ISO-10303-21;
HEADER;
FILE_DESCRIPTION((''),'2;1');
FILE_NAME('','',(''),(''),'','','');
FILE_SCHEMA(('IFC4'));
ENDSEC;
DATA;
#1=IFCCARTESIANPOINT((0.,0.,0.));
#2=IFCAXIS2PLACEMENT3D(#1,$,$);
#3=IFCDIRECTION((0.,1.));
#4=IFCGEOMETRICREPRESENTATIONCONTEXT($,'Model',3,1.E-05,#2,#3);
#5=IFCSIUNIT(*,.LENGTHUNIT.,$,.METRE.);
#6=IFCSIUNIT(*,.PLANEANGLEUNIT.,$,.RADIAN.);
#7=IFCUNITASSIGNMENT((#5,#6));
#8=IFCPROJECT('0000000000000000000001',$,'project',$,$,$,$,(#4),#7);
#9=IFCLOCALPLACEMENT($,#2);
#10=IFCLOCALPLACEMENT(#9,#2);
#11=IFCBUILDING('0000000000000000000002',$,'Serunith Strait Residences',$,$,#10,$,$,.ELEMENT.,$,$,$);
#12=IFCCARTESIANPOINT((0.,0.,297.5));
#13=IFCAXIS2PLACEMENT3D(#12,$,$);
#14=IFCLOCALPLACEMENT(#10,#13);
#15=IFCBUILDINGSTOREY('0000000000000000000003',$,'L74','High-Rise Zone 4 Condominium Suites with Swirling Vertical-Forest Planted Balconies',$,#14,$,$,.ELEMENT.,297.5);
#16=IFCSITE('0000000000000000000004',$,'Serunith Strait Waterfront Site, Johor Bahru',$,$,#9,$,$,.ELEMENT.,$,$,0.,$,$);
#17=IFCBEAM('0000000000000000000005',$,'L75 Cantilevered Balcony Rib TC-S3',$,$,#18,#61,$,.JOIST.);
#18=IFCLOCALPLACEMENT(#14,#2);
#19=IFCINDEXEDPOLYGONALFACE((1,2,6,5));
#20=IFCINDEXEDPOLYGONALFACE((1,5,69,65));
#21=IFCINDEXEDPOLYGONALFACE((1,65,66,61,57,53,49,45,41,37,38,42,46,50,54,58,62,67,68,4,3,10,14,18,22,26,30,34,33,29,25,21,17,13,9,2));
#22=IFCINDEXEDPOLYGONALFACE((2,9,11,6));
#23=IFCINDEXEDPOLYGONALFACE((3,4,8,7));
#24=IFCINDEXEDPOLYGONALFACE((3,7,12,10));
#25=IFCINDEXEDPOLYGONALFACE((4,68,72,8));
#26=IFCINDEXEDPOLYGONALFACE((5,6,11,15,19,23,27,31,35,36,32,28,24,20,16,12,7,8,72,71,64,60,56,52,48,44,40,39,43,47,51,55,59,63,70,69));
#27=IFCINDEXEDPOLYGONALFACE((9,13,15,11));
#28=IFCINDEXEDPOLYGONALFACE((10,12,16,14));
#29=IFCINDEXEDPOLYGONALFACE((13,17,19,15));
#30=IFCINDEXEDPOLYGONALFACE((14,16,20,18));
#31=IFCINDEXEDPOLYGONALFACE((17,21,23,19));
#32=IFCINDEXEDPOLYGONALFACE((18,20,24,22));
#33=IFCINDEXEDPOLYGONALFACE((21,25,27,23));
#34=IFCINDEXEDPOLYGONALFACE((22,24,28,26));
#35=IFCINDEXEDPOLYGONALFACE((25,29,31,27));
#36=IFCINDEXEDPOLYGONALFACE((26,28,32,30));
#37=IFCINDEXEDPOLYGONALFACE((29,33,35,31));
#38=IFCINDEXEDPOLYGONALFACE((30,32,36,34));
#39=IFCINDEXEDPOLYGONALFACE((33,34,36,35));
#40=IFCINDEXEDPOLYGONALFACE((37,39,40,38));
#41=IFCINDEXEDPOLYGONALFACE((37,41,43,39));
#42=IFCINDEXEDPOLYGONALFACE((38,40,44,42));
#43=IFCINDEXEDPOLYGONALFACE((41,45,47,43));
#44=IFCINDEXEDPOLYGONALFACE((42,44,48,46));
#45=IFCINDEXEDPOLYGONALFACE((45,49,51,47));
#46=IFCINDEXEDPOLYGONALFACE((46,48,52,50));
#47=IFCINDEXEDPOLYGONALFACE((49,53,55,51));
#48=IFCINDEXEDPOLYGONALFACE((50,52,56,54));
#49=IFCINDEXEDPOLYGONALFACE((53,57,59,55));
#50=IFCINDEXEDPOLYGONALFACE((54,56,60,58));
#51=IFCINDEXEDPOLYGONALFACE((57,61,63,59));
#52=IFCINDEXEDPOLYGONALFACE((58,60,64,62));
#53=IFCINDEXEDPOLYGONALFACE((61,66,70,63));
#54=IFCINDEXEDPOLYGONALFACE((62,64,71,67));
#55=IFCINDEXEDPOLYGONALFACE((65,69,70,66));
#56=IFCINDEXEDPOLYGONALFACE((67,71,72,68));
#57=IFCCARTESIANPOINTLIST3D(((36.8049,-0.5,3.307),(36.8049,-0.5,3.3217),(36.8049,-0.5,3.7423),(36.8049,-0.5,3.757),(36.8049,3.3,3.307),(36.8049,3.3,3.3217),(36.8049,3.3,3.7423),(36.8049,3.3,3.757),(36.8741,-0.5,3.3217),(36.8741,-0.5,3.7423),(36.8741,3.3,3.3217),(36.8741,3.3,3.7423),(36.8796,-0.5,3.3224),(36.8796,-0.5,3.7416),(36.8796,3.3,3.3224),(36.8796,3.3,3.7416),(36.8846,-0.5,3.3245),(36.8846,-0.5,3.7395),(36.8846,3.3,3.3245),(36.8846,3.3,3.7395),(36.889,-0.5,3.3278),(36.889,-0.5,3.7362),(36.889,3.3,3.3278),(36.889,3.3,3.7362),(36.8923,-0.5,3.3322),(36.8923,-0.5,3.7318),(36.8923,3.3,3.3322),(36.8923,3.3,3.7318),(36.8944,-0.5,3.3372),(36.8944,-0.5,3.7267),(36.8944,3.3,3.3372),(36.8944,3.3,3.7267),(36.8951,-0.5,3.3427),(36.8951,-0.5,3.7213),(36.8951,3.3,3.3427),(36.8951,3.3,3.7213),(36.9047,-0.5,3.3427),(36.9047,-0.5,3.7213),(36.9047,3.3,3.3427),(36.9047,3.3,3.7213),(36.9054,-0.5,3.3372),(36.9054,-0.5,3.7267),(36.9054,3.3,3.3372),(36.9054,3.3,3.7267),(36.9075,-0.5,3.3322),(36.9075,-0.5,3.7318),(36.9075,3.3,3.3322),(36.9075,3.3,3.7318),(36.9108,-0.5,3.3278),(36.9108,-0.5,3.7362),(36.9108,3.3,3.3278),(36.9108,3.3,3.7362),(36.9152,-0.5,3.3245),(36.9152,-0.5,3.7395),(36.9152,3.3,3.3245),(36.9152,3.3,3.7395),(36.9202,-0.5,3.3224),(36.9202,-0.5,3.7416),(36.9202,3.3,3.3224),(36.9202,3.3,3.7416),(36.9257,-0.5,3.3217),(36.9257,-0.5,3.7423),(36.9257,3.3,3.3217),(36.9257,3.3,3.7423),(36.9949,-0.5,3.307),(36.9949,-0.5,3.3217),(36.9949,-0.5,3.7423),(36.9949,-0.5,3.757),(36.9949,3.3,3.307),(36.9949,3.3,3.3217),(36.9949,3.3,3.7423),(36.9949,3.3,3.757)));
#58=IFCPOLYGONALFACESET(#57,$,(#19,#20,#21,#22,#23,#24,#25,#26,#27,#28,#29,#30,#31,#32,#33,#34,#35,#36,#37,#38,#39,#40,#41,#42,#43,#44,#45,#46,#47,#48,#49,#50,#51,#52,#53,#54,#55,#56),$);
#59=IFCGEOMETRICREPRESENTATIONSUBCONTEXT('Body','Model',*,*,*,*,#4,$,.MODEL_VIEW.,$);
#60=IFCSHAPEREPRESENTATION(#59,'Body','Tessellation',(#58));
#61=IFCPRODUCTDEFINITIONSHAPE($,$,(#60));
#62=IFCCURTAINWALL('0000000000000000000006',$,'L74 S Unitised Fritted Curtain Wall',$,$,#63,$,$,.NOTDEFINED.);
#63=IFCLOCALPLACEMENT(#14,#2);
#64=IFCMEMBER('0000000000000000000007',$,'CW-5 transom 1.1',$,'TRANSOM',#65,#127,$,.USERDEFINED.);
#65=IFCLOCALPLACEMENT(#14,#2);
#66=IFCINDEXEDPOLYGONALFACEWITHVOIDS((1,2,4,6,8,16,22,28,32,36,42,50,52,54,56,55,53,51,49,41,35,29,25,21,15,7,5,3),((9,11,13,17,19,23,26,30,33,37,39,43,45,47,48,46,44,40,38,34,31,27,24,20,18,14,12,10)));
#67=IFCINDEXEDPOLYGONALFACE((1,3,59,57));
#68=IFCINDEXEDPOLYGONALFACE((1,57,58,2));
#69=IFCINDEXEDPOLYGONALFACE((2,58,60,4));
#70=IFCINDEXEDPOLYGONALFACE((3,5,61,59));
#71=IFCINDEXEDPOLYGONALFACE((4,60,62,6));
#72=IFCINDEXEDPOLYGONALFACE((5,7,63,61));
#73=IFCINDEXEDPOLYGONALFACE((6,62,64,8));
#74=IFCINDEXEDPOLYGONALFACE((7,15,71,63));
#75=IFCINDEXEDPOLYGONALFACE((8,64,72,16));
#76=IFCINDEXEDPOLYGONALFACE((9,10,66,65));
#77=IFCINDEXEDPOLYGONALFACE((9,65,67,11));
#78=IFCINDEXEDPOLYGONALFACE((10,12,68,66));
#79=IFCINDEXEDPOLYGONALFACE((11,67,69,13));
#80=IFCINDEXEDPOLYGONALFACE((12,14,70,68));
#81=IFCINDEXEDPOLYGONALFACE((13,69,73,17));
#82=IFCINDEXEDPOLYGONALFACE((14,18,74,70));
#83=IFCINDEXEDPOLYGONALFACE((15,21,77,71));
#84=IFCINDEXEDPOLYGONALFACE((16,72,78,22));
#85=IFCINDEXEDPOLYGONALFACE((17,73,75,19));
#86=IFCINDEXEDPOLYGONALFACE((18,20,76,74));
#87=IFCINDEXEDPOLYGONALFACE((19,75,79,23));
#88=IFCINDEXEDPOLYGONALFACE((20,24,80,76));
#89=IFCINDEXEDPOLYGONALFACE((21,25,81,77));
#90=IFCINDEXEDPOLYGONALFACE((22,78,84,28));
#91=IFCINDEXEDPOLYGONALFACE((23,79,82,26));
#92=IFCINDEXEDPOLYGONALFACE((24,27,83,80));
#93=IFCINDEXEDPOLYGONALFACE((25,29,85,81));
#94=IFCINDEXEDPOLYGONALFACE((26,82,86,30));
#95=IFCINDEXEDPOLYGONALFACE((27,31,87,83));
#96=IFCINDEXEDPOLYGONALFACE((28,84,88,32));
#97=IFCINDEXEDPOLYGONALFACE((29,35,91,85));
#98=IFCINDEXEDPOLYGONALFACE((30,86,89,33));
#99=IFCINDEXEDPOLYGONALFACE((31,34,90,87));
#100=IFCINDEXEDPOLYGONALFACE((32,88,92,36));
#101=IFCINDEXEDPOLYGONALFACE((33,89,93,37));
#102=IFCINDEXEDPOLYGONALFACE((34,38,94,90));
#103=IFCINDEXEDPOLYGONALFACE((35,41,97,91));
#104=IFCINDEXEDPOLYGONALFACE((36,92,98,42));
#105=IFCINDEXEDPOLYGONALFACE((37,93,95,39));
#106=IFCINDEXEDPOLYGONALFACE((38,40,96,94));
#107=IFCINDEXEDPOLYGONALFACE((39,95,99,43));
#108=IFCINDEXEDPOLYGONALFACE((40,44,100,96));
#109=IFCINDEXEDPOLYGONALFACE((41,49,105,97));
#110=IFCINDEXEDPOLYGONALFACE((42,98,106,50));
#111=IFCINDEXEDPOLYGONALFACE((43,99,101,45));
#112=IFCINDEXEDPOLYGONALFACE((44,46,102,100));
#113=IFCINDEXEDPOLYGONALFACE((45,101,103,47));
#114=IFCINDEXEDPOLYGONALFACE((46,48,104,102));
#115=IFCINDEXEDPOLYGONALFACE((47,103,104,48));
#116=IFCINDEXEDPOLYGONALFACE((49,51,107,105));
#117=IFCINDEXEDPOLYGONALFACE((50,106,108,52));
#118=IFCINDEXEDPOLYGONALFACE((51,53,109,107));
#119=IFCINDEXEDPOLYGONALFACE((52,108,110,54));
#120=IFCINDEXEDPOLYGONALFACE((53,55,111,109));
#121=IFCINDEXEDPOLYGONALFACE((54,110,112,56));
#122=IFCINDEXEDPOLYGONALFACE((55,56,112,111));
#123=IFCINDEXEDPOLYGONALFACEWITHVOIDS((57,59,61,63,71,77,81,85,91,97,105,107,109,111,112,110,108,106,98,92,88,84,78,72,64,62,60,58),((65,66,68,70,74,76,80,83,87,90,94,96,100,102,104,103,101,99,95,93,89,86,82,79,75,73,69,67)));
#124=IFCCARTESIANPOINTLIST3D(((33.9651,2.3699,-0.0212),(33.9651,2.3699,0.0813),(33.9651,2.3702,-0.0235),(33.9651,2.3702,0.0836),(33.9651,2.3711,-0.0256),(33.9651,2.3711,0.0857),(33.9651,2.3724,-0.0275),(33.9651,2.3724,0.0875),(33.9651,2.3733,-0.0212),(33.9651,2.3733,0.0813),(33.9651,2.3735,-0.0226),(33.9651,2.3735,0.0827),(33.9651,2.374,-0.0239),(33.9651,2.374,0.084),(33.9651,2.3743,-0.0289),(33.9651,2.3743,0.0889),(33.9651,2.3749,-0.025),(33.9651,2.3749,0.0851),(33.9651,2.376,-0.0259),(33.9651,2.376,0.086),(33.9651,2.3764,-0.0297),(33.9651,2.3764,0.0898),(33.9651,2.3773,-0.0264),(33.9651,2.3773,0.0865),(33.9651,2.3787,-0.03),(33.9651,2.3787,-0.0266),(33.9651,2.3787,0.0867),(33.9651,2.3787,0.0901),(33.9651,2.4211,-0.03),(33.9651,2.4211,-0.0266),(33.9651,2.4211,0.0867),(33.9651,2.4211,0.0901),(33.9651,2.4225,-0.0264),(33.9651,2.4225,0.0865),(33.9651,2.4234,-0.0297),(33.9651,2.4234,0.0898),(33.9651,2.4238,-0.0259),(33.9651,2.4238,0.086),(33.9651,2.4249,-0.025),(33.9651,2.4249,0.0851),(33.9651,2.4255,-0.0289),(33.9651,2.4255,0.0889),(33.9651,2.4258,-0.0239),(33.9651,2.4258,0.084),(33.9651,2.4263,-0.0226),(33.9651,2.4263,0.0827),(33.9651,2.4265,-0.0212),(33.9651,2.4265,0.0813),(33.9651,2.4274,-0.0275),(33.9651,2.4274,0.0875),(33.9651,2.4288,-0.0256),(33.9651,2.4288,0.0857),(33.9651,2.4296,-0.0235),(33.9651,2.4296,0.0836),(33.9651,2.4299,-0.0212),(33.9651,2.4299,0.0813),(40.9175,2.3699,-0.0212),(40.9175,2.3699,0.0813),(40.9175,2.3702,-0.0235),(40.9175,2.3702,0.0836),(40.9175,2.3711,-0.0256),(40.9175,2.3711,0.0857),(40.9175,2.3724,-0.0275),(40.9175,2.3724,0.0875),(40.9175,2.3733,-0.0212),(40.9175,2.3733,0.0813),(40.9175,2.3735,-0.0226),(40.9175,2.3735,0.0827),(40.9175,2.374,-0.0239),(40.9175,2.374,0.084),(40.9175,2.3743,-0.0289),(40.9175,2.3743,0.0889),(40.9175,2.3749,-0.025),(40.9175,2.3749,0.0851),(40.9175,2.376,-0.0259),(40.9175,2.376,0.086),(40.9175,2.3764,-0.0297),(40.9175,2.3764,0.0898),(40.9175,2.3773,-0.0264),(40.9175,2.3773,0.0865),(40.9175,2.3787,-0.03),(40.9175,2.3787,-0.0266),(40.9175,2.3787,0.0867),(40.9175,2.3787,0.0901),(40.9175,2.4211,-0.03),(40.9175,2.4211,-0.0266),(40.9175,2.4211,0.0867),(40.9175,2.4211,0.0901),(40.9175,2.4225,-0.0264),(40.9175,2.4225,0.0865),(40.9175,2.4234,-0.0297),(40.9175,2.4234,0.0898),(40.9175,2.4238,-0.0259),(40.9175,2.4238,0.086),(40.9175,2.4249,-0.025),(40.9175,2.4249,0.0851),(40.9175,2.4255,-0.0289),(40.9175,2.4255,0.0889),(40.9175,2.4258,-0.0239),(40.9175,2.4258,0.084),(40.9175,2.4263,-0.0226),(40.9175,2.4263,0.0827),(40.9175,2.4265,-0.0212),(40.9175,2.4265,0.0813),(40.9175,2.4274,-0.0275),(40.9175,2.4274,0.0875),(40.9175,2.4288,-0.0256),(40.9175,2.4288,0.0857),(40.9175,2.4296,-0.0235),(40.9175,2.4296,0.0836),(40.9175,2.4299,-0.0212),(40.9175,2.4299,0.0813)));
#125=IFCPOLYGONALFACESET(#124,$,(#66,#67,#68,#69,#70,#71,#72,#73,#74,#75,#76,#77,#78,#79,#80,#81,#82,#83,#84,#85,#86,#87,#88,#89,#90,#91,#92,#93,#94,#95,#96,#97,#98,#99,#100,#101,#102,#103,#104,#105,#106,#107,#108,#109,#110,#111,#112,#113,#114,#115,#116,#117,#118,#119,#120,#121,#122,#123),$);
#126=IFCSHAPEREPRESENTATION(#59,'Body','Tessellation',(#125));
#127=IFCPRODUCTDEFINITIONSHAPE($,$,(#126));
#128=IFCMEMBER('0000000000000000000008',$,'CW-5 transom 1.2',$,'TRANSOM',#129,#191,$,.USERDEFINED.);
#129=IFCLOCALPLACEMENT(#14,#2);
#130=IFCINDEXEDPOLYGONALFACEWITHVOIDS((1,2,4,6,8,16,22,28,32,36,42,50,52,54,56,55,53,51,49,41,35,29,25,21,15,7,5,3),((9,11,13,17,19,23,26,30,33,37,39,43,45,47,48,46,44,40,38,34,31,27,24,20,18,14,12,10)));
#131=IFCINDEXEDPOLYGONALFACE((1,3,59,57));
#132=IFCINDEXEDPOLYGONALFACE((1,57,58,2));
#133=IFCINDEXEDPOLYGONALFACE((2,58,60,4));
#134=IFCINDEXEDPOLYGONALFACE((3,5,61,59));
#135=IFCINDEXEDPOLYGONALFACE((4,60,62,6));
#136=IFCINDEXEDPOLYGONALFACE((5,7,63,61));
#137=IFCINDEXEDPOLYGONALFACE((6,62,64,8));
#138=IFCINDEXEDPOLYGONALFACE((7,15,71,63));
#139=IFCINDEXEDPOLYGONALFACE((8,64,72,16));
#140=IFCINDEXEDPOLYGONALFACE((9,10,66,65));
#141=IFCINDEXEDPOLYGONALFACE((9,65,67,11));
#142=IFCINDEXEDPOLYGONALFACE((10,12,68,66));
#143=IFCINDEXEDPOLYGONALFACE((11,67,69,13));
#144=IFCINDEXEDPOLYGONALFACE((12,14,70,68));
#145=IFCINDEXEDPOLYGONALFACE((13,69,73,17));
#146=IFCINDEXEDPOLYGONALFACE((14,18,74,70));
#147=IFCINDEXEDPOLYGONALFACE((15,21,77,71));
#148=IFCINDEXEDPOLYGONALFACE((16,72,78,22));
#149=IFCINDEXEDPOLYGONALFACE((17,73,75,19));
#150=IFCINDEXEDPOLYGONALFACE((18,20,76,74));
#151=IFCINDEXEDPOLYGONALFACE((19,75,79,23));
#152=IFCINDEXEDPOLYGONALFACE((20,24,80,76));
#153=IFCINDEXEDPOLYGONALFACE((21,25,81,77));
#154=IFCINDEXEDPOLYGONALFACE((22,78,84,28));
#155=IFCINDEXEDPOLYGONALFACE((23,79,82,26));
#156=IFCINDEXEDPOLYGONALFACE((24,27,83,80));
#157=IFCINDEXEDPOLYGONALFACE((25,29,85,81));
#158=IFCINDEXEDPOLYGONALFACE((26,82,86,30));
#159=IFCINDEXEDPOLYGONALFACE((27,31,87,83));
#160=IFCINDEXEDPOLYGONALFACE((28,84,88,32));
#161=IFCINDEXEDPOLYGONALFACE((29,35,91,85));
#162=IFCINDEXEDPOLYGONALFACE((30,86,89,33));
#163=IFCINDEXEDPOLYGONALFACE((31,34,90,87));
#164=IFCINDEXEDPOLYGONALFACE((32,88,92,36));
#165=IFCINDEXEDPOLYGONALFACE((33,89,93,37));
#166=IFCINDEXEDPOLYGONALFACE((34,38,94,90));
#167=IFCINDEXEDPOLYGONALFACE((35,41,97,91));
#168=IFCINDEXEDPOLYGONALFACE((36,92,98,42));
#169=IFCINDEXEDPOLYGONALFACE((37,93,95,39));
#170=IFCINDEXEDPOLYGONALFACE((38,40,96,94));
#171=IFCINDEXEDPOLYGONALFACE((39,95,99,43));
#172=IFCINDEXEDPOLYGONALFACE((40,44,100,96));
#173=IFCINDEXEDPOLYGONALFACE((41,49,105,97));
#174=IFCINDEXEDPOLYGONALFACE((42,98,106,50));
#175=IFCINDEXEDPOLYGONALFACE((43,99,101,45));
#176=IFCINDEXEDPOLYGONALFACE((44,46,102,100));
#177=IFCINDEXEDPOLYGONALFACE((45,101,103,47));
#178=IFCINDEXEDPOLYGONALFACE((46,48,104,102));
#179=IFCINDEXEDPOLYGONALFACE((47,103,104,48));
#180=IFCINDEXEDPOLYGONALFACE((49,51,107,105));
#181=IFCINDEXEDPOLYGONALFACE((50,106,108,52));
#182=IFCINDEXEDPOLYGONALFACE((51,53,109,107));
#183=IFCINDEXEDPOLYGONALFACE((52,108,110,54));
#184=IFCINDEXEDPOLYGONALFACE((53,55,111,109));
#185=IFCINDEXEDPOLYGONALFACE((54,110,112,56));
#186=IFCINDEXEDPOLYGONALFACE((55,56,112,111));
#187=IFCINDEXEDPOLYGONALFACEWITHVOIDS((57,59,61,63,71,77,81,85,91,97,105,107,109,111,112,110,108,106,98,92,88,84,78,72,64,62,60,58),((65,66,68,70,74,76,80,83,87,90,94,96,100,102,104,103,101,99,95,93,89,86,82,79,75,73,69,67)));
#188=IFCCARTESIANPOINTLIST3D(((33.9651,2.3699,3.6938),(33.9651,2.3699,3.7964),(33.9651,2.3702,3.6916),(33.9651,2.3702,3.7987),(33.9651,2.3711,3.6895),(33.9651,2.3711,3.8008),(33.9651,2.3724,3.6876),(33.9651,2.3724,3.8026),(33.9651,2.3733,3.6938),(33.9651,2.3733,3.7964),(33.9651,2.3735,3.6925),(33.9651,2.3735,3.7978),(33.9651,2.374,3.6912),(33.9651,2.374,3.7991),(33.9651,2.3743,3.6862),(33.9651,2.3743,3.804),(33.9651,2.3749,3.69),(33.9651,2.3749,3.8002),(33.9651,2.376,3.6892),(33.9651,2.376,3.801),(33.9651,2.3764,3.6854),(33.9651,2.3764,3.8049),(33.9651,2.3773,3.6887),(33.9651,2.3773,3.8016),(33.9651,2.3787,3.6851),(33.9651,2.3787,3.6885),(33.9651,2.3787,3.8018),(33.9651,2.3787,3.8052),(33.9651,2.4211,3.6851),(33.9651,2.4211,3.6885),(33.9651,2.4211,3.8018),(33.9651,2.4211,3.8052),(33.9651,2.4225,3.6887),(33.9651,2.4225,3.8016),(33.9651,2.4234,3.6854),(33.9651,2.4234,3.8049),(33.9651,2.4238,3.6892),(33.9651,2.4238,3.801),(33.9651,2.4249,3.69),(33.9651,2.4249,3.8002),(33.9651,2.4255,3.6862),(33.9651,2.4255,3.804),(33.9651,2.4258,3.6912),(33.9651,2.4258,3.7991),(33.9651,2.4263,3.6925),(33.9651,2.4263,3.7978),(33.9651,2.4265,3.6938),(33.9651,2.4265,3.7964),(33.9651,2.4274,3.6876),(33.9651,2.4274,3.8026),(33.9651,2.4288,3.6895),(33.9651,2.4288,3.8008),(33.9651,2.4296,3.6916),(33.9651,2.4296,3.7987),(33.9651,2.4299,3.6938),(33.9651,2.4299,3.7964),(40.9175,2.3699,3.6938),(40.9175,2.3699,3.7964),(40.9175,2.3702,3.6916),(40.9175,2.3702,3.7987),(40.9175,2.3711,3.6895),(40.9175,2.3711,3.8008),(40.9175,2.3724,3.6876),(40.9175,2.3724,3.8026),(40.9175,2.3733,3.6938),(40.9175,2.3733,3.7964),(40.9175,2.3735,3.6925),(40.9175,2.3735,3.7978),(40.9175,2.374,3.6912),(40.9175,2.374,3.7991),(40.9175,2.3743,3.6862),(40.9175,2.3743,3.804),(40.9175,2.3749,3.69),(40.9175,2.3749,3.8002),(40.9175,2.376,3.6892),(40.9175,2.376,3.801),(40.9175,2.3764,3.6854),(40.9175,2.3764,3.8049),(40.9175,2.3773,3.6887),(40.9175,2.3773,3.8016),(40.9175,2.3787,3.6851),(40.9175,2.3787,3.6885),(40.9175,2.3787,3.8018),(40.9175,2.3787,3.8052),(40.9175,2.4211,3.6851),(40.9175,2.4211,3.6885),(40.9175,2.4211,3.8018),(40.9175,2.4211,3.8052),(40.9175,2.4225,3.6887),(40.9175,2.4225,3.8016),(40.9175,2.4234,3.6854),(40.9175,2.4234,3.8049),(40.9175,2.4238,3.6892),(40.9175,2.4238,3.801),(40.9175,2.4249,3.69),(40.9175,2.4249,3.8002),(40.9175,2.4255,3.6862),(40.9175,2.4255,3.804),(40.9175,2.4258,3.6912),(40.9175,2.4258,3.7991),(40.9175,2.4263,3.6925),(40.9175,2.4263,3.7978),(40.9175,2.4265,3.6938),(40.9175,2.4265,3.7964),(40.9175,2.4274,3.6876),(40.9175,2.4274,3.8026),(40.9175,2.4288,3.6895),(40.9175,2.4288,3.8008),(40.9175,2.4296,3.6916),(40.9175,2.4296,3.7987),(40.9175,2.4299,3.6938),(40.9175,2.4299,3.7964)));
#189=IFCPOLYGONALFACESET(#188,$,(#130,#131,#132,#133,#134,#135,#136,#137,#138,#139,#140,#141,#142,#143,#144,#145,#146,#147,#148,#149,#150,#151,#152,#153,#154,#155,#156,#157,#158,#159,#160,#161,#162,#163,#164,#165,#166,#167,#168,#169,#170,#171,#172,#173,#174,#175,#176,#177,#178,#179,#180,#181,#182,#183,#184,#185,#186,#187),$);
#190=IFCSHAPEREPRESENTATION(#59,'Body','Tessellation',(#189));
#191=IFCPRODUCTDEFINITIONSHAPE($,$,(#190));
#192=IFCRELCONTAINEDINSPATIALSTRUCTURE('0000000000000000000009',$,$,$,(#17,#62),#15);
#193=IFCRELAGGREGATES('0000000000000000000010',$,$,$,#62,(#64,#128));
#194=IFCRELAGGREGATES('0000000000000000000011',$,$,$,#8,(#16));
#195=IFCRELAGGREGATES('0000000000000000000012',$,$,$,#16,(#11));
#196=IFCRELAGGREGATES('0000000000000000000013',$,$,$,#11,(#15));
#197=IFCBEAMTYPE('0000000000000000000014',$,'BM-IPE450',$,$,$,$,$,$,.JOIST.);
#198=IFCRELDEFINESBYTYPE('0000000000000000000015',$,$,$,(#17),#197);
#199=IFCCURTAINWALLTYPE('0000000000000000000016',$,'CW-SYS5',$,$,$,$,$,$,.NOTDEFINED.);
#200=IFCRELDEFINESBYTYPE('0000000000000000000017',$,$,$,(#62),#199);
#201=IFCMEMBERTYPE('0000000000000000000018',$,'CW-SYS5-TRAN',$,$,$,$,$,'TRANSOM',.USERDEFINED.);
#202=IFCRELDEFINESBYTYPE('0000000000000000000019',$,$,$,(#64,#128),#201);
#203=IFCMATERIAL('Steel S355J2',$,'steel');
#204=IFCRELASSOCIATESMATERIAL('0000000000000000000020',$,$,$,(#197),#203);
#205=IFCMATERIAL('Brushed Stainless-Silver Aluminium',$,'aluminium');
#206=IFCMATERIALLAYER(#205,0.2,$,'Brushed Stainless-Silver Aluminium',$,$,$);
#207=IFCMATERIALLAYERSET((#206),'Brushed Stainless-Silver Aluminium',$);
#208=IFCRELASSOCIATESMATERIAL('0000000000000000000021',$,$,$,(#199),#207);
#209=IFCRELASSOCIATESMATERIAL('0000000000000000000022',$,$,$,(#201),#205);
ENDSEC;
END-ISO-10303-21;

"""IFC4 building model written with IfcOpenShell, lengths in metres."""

from ifc_helpers import new_model, si_unit, direction, frame, origin, origin_2d, place, context, subcontext, project, spatial, hollow_rectangle, i_section, extrude, source, transform, mapped, material, layer, layer_set, material_profile, profile_set, type_object, element, aggregate, save


model = new_model("IFC4")

# Units and contexts
model_context = context("Model", 3, precision=1e-05, world=origin(), true_north=direction((0.0, 1.0)))
body_context = subcontext(model_context, "Body", "Model", "MODEL_VIEW")
ifc_project = project(units=[si_unit("LENGTHUNIT", "METRE"), si_unit("PLANEANGLEUNIT", "RADIAN")], contexts=[model_context])

# Site, building, storey
site_placement = place(None, origin())
site = spatial("IfcSite", under=ifc_project, at=site_placement, Name="Serunith Strait Waterfront Site, Johor Bahru", CompositionType="ELEMENT", RefElevation=0.0)
building_placement = place(site_placement, origin())
building = spatial("IfcBuilding", under=site, at=building_placement, Name="Serunith Strait Residences", CompositionType="ELEMENT")
storey_placement = place(building_placement, frame((0.0, 0.0, 297.5)))
storey = spatial("IfcBuildingStorey", under=building, at=storey_placement, Name="L74", Description="High-Rise Zone 4 Condominium Suites with Swirling Vertical-Forest Planted Balconies", CompositionType="ELEMENT", Elevation=297.5)

# Beam
ifc_material_1 = material(Name="Steel S355J2", Category="steel")
ifc_material_profile_1 = material_profile(ifc_material_1, i_section(OverallWidth=0.1899, OverallDepth=0.45, WebThickness=0.0095, FlangeThickness=0.0146, FilletRadius=0.021, at=origin_2d()), Name="IPE 450")
ifc_profile_set_1 = profile_set([ifc_material_profile_1], Name="Steel S355J2")
beam_type_1 = type_object("IfcBeamType", Name="BM-IPE450", PredefinedType="JOIST", material=ifc_profile_set_1)
shared_shape_1 = source(origin(), body_context, "Body", "SweptSolid", [
    extrude(i_section(OverallWidth=0.1899, OverallDepth=0.45, WebThickness=0.0095, FlangeThickness=0.0146, FilletRadius=0.021, at=origin_2d()), origin(), (0.0, 0.0, 1.0), 3.8),
])
beam_1_placement = place(storey_placement, frame((36.8999, 3.3, 3.532), z_axis=(0.0, -1.0, 0.0), x_axis=(1.0, 0.0, 0.0)))
element("IfcBeam", 1, at=beam_1_placement, inside=storey, type_object=beam_type_1, Name="L75 Cantilevered Balcony Rib TC-S3", PredefinedType="JOIST", context=body_context, shape_type="MappedRepresentation", body=[
    mapped(shared_shape_1, transform((0.0, 0.0, 0.0), scale=1.0)),
])

# Curtain wall, members
ifc_material_2 = material(Name="Brushed Stainless-Silver Aluminium", Category="aluminium")
ifc_layer_1 = layer(ifc_material_2, 0.2, Name="Brushed Stainless-Silver Aluminium")
ifc_layer_set_1 = layer_set([ifc_layer_1], Name="Brushed Stainless-Silver Aluminium")
curtain_wall_type = type_object("IfcCurtainWallType", Name="CW-SYS5", PredefinedType="NOTDEFINED", material=ifc_layer_set_1)
curtain_wall_1_placement = place(storey_placement, origin())
curtain_wall_1 = element("IfcCurtainWall", 2, at=curtain_wall_1_placement, inside=storey, type_object=curtain_wall_type, Name="L74 S Unitised Fritted Curtain Wall", PredefinedType="NOTDEFINED")
ifc_material_profile_2 = material_profile(ifc_material_2, hollow_rectangle(XDim=0.0601, YDim=0.1201, WallThickness=0.0034, InnerFilletRadius=0.0054, OuterFilletRadius=0.0088, at=origin_2d()), Name="ALU 120x60x3.5")
ifc_profile_set_2 = profile_set([ifc_material_profile_2], Name="Brushed Stainless-Silver Aluminium")
member_type_1 = type_object("IfcMemberType", Name="CW-SYS5-TRAN", ElementType="TRANSOM", PredefinedType="USERDEFINED", material=ifc_profile_set_2)
shared_shape_2 = source(origin(), body_context, "Body", "SweptSolid", [
    extrude(hollow_rectangle(XDim=0.0601, YDim=0.1201, WallThickness=0.0034, InnerFilletRadius=0.0054, OuterFilletRadius=0.0088, at=origin_2d()), origin(), (0.0, 0.0, 1.0), 6.9524),
])
member_1_placement = place(storey_placement, frame((33.9651, 2.3999, 0.03), z_axis=(1.0, 0.0, 0.0), x_axis=(0.0, 1.0, 0.0)))
member_1 = element("IfcMember", 3, at=member_1_placement, type_object=member_type_1, Name="CW-5 transom 1.1", ObjectType="TRANSOM", PredefinedType="USERDEFINED", context=body_context, shape_type="MappedRepresentation", body=[
    mapped(shared_shape_2, transform((0.0, 0.0, 0.0), scale=1.0)),
])
member_2_placement = place(storey_placement, frame((33.9651, 2.3999, 3.7451), z_axis=(1.0, 0.0, 0.0), x_axis=(0.0, 1.0, 0.0)))
member_2 = element("IfcMember", 4, at=member_2_placement, type_object=member_type_1, Name="CW-5 transom 1.2", ObjectType="TRANSOM", PredefinedType="USERDEFINED", context=body_context, shape_type="MappedRepresentation", body=[
    mapped(shared_shape_2, transform((0.0, 0.0, 0.0), scale=1.0)),
])

aggregate(curtain_wall_1, [member_1, member_2])

save(model, "model.ifc")
